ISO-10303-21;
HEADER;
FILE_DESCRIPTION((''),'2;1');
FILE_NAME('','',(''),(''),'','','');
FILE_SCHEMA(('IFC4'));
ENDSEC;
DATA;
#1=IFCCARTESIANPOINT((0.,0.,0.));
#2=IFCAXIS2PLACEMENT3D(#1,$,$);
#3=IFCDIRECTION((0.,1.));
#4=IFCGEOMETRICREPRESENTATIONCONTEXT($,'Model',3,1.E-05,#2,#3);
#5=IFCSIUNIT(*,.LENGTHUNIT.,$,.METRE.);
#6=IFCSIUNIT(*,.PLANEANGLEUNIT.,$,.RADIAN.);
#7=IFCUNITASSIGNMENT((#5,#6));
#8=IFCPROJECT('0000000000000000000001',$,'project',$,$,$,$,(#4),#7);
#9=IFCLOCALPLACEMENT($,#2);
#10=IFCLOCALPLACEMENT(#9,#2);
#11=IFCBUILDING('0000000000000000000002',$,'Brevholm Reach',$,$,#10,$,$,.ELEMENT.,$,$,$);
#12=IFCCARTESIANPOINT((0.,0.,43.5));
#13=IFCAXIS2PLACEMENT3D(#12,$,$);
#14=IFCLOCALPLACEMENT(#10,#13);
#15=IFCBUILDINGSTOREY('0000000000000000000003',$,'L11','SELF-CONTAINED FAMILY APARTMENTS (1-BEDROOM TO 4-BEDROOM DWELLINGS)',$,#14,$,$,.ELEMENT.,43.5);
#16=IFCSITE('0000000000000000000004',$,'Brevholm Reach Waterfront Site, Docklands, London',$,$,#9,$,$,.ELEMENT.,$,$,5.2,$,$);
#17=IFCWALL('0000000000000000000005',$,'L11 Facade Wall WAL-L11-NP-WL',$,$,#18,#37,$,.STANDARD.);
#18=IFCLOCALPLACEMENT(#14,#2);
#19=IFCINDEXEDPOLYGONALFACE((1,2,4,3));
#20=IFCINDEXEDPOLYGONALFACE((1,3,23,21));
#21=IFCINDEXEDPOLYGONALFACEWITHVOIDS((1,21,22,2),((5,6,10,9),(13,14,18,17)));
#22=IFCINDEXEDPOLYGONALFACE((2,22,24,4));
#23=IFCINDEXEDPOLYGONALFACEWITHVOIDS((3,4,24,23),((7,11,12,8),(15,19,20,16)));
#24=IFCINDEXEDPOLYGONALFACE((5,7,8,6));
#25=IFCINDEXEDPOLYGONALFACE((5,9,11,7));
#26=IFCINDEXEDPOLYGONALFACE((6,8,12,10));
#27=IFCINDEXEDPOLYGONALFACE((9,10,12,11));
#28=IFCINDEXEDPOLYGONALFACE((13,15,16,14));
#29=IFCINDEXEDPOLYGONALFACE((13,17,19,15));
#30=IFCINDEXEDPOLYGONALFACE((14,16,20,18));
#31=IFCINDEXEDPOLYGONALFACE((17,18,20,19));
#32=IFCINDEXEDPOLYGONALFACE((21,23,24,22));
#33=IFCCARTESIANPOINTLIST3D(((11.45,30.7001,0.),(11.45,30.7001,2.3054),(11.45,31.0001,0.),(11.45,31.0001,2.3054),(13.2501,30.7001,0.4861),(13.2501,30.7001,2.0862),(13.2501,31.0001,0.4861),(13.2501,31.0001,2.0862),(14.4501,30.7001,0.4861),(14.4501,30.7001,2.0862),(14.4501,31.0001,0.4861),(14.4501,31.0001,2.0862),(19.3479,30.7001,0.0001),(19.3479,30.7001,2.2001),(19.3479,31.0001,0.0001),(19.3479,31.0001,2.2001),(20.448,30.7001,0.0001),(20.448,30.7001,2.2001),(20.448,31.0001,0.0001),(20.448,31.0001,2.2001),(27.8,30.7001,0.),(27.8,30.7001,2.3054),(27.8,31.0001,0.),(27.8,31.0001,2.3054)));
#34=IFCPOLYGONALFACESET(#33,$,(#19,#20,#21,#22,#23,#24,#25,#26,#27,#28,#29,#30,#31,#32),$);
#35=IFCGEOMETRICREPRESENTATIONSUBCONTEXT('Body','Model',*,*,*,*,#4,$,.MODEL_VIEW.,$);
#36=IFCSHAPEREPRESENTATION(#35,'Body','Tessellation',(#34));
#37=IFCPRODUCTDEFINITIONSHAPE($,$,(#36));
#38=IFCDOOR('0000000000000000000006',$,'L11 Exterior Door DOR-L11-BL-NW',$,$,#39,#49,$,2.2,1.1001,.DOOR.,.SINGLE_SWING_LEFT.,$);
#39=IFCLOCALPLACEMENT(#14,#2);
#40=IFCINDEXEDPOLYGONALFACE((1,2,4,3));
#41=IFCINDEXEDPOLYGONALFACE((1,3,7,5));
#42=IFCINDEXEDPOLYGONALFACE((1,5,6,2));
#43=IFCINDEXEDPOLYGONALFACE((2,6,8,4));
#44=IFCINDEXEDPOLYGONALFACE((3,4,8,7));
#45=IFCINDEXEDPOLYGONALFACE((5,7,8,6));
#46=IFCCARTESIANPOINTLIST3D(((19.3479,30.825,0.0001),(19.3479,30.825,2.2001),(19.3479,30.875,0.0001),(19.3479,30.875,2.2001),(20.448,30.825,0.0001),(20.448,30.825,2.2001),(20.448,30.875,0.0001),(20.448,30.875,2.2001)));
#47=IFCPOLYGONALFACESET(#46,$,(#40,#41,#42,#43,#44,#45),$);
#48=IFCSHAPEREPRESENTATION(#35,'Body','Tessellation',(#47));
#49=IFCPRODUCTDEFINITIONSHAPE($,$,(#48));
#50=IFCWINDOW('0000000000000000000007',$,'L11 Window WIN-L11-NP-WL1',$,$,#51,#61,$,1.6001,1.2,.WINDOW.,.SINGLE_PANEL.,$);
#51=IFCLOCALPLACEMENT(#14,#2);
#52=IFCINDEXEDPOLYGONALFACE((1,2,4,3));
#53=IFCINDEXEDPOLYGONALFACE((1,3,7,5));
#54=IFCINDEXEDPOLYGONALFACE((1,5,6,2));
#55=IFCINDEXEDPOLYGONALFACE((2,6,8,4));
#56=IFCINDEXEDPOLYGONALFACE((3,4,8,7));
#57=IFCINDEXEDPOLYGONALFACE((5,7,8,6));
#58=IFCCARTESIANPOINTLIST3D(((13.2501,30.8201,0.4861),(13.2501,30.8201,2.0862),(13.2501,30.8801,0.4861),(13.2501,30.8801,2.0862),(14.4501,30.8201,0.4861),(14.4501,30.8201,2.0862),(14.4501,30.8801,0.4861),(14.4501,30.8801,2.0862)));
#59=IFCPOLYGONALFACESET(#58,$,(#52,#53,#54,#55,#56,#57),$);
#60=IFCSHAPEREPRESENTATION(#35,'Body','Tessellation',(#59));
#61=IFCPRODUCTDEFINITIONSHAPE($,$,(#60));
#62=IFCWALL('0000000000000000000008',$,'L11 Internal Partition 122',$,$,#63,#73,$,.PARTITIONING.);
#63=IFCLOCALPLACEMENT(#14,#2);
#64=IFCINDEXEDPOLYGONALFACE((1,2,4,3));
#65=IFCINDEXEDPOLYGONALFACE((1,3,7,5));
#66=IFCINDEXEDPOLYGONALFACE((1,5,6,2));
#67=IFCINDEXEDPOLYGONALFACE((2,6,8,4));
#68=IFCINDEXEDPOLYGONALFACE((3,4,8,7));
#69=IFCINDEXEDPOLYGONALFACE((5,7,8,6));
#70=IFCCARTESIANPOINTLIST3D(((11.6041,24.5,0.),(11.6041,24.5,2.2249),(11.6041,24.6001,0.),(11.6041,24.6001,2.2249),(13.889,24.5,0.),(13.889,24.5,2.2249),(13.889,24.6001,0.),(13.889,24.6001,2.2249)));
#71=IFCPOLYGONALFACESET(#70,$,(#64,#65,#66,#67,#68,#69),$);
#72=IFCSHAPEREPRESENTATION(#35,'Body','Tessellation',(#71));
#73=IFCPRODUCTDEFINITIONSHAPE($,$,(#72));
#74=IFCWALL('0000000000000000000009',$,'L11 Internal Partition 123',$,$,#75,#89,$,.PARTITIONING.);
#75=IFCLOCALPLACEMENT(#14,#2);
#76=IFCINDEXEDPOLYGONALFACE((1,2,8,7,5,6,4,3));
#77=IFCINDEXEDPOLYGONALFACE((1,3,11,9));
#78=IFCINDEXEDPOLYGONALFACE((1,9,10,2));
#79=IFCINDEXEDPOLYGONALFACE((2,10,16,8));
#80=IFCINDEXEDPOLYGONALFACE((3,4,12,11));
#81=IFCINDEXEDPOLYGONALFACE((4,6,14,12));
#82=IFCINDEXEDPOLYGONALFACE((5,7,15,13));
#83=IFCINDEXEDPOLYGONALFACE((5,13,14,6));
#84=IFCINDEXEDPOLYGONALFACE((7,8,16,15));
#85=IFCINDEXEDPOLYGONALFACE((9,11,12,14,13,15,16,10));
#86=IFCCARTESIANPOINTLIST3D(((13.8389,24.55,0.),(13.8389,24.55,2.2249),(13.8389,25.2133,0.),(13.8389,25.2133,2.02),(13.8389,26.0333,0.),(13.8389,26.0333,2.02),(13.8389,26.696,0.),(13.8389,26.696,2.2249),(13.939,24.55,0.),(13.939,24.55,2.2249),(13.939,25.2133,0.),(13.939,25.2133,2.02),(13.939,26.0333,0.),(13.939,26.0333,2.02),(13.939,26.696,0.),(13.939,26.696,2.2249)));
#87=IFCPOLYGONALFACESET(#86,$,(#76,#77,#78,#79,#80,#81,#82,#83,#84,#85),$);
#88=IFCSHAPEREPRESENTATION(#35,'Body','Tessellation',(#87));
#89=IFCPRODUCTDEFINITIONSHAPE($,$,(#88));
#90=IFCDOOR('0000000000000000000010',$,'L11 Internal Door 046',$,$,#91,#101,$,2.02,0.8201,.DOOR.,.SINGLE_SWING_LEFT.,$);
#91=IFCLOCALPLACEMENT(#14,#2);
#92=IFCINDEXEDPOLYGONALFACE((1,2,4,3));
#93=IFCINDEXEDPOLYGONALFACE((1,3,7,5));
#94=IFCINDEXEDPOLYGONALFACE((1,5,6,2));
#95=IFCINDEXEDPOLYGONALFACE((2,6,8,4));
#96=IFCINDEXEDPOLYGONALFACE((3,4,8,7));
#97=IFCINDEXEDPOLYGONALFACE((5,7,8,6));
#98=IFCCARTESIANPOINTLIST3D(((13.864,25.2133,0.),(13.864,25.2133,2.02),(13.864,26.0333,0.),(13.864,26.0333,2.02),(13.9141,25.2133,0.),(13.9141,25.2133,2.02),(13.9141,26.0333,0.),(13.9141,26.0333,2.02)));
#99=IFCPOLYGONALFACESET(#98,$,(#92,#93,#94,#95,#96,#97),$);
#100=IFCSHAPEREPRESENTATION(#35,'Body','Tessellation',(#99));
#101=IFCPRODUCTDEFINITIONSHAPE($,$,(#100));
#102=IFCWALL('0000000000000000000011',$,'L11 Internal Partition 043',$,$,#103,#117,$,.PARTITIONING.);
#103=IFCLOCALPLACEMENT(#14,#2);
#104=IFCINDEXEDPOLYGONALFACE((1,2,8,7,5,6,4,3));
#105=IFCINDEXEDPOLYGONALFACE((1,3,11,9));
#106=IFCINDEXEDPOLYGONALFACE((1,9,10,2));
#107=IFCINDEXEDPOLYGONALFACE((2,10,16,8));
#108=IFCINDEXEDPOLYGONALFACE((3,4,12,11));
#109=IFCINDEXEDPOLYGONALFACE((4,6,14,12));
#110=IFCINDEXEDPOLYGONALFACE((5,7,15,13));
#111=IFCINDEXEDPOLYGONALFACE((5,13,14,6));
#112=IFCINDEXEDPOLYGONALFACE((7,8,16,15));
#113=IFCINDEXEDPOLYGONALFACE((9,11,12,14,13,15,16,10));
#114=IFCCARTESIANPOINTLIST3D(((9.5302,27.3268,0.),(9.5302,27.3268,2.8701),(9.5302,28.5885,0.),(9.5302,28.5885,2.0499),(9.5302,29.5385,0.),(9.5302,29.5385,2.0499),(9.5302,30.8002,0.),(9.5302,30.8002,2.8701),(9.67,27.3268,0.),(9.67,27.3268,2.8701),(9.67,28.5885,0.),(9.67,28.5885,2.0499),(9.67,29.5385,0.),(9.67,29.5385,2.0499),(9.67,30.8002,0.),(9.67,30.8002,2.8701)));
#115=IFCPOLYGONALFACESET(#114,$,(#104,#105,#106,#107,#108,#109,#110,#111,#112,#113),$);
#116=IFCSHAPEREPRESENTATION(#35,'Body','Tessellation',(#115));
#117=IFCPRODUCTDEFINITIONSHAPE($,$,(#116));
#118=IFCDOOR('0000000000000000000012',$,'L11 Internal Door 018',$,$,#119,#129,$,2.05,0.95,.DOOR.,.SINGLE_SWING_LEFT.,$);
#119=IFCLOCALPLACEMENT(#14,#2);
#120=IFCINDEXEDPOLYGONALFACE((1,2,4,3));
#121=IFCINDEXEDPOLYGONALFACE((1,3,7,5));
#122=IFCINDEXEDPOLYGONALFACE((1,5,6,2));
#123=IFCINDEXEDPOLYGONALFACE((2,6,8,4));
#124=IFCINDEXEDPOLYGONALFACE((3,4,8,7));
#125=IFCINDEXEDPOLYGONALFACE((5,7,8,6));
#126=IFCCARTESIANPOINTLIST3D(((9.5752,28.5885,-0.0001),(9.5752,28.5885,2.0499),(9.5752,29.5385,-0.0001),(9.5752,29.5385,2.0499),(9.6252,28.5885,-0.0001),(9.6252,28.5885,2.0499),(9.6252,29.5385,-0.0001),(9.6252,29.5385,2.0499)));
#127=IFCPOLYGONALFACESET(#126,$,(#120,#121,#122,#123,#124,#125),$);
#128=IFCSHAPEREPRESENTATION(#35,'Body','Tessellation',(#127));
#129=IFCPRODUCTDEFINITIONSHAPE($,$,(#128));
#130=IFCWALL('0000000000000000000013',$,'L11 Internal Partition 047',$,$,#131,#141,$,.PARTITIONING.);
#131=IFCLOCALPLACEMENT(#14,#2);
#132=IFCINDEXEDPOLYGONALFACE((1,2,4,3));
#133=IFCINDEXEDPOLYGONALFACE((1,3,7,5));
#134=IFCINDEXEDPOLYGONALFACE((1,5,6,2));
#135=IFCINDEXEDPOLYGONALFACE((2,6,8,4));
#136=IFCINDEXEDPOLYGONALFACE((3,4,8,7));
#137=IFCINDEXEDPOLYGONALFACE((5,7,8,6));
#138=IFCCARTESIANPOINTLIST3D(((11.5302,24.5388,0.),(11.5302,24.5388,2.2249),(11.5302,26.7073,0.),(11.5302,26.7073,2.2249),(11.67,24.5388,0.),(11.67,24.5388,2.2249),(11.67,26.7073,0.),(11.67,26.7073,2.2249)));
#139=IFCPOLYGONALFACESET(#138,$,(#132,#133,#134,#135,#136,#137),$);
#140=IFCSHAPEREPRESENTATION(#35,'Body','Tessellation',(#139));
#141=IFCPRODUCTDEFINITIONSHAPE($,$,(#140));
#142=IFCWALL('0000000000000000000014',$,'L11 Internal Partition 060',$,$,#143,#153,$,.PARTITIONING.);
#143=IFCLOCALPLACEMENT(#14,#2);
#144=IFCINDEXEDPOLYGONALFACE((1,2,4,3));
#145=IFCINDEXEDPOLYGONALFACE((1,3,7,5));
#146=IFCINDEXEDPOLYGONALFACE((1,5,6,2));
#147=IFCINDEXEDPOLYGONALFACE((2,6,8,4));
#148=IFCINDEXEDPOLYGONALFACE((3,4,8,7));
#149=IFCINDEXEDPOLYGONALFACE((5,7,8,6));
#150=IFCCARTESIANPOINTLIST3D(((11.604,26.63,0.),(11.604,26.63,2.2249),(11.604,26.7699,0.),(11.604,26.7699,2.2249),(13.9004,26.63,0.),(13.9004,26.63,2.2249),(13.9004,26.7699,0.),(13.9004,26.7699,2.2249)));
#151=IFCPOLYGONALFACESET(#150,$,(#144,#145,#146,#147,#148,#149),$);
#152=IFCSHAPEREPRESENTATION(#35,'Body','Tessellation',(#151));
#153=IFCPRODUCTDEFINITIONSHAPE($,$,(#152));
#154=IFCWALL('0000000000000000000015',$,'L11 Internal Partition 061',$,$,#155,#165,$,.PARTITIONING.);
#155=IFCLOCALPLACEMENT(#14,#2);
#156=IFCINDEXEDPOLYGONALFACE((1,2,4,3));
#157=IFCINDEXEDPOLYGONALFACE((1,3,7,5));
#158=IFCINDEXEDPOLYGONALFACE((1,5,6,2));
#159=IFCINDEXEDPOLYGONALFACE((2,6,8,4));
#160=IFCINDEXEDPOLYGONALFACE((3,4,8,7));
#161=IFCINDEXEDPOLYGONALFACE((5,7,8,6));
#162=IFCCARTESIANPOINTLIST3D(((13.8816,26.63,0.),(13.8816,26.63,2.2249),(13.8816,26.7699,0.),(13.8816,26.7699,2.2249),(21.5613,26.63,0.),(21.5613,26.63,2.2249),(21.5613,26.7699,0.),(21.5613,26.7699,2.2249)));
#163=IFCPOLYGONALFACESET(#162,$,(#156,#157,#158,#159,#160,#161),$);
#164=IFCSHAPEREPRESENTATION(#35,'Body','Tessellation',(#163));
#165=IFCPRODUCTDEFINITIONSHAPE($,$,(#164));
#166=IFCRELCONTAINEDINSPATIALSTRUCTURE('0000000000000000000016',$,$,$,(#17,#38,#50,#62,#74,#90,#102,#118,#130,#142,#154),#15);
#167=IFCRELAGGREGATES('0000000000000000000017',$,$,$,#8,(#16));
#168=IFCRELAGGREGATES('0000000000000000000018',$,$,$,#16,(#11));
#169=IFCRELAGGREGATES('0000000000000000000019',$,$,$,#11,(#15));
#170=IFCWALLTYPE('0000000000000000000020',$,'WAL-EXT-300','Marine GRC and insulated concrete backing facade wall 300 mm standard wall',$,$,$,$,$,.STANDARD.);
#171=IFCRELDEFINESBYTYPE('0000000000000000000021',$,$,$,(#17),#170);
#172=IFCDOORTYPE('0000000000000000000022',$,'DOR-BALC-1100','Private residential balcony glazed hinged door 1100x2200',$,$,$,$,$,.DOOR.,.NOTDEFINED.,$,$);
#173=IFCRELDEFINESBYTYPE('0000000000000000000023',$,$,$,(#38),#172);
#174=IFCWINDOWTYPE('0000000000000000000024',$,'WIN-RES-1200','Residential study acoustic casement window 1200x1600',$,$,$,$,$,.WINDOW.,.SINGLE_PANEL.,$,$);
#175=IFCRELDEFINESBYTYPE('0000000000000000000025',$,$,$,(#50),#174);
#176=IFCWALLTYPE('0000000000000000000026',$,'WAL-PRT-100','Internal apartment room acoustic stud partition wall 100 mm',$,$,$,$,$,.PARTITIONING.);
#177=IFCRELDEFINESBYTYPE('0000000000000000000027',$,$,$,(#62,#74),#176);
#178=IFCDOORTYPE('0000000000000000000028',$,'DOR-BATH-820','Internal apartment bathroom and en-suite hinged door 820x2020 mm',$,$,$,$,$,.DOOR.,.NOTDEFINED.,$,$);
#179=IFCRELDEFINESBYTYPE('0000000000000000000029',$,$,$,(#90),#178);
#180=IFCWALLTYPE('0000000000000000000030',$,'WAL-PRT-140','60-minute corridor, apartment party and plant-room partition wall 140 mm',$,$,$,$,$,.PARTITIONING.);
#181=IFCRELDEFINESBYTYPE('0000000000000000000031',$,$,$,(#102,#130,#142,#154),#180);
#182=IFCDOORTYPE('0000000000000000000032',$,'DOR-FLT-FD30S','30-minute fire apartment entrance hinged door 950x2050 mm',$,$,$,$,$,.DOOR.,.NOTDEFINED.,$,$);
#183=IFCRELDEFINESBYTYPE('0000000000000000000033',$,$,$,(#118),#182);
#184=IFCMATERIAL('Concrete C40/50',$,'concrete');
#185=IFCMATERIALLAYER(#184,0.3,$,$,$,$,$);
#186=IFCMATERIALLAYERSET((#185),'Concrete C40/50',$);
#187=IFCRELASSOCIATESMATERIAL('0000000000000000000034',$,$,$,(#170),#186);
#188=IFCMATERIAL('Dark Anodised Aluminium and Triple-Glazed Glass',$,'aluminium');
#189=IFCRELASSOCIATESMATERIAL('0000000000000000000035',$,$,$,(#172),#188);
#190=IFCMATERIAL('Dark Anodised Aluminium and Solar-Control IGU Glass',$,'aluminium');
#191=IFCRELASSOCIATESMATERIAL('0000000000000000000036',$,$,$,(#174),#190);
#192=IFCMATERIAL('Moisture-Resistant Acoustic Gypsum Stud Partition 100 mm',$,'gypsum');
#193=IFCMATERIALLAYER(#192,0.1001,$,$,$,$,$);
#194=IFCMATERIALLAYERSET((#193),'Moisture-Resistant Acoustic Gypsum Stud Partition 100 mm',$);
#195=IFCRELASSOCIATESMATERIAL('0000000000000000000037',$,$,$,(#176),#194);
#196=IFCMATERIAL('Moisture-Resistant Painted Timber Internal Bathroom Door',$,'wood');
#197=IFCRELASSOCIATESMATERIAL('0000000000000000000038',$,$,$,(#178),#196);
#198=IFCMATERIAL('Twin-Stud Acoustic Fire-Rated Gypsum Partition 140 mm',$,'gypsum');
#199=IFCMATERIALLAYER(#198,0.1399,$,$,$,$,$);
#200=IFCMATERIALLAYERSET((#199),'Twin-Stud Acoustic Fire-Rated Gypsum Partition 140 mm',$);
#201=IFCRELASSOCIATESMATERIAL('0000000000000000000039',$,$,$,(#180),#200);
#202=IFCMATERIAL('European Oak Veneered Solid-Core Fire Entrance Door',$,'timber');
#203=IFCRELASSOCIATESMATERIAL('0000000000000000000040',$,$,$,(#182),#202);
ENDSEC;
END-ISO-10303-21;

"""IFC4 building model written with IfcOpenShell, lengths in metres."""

from ifc_helpers import new_model, si_unit, direction, frame, frame_2d, origin, place, context, subcontext, project, spatial, rectangle, extrude, material, layer, layer_set, type_object, element, fill, save


model = new_model("IFC4")

# Units and contexts
model_context = context("Model", 3, precision=1e-05, world=origin(), true_north=direction((0.0, 1.0)))
body_context = subcontext(model_context, "Body", "Model", "MODEL_VIEW")
ifc_project = project(units=[si_unit("LENGTHUNIT", "METRE"), si_unit("PLANEANGLEUNIT", "RADIAN")], contexts=[model_context])

# Site, building, storey
site_placement = place(None, origin())
site = spatial("IfcSite", under=ifc_project, at=site_placement, Name="Brevholm Reach Waterfront Site, Docklands, London", CompositionType="ELEMENT", RefElevation=5.2)
building_placement = place(site_placement, origin())
building = spatial("IfcBuilding", under=site, at=building_placement, Name="Brevholm Reach", CompositionType="ELEMENT")
storey_placement = place(building_placement, frame((0.0, 0.0, 43.5)))
storey = spatial("IfcBuildingStorey", under=building, at=storey_placement, Name="L11", Description="SELF-CONTAINED FAMILY APARTMENTS (1-BEDROOM TO 4-BEDROOM DWELLINGS)", CompositionType="ELEMENT", Elevation=43.5)

# Wall, openings, door, window
ifc_material_1 = material(Name="Concrete C40/50", Category="concrete")
ifc_layer_1 = layer(ifc_material_1, 0.3)
ifc_layer_set_1 = layer_set([ifc_layer_1], Name="Concrete C40/50")
wall_type_1 = type_object("IfcWallType", Name="WAL-EXT-300", Description="Marine GRC and insulated concrete backing facade wall 300 mm standard wall", PredefinedType="STANDARD", material=ifc_layer_set_1)
wall_1_placement = place(storey_placement, frame((11.45, 30.8501, 0.0), z_axis=(0.0, 0.0, 1.0), x_axis=(1.0, 0.0, 0.0)))
wall_1 = element("IfcWall", 1, at=wall_1_placement, inside=storey, type_object=wall_type_1, Name="L11 Facade Wall WAL-L11-NP-WL", PredefinedType="STANDARD", context=body_context, shape_type="SweptSolid", body=[
    extrude(rectangle(XDim=16.3501, YDim=0.3, at=frame_2d((8.175, 0.0))), origin(), (0.0, 0.0, 1.0), 2.3054),
])
opening_1_placement = place(wall_1_placement, frame((7.8979, 0.0, 0.0)))
opening_1 = element("IfcOpeningElement", 2, at=opening_1_placement, cuts=wall_1, PredefinedType="OPENING", context=body_context, shape_type="SweptSolid", body=[
    extrude(rectangle(XDim=1.1001, YDim=2.2, at=frame_2d((0.55, 1.1001))), frame((0.0, 0.1599, 0.0), z_axis=(0.0, -1.0, 0.0), x_axis=(1.0, 0.0, 0.0)), (0.0, 0.0, 1.0), 0.3201),
])
opening_2_placement = place(wall_1_placement, frame((1.8, 0.0, 0.4861)))
opening_2 = element("IfcOpeningElement", 3, at=opening_2_placement, cuts=wall_1, PredefinedType="OPENING", context=body_context, shape_type="SweptSolid", body=[
    extrude(rectangle(XDim=1.2, YDim=1.6001, at=frame_2d((0.6001, 0.8))), frame((0.0, 0.1599, 0.0), z_axis=(0.0, -1.0, 0.0), x_axis=(1.0, 0.0, 0.0)), (0.0, 0.0, 1.0), 0.3201),
])
ifc_material_2 = material(Name="Dark Anodised Aluminium and Triple-Glazed Glass", Category="aluminium")
door_type_1 = type_object("IfcDoorType", Name="DOR-BALC-1100", Description="Private residential balcony glazed hinged door 1100x2200", OperationType="NOTDEFINED", PredefinedType="DOOR", material=ifc_material_2)
door_1_placement = place(opening_1_placement, origin())
door_1 = element("IfcDoor", 4, at=door_1_placement, inside=storey, type_object=door_type_1, Name="L11 Exterior Door DOR-L11-BL-NW", OperationType="SINGLE_SWING_LEFT", OverallHeight=2.2, OverallWidth=1.1001, PredefinedType="DOOR", context=body_context, shape_type="SweptSolid", body=[
    extrude(rectangle(XDim=1.1001, YDim=2.2, at=frame_2d((0.55, 1.1001))), frame((0.0, 0.0249, 0.0), z_axis=(0.0, -1.0, 0.0), x_axis=(1.0, 0.0, 0.0)), (0.0, 0.0, 1.0), 0.05),
])
fill(opening_1, door_1)
ifc_material_3 = material(Name="Dark Anodised Aluminium and Solar-Control IGU Glass", Category="aluminium")
window_type = type_object("IfcWindowType", Name="WIN-RES-1200", Description="Residential study acoustic casement window 1200x1600", PartitioningType="SINGLE_PANEL", PredefinedType="WINDOW", material=ifc_material_3)
window_placement = place(opening_2_placement, origin())
window = element("IfcWindow", 5, at=window_placement, inside=storey, type_object=window_type, Name="L11 Window WIN-L11-NP-WL1", OverallHeight=1.6001, OverallWidth=1.2, PartitioningType="SINGLE_PANEL", PredefinedType="WINDOW", context=body_context, shape_type="SweptSolid", body=[
    extrude(rectangle(XDim=1.2, YDim=1.6001, at=frame_2d((0.6001, 0.8))), frame((0.0, 0.03, 0.0), z_axis=(0.0, -1.0, 0.0), x_axis=(1.0, 0.0, 0.0)), (0.0, 0.0, 1.0), 0.0601),
])
fill(opening_2, window)

# Wall
ifc_material_4 = material(Name="Moisture-Resistant Acoustic Gypsum Stud Partition 100 mm", Category="gypsum")
ifc_layer_2 = layer(ifc_material_4, 0.1001)
ifc_layer_set_2 = layer_set([ifc_layer_2], Name="Moisture-Resistant Acoustic Gypsum Stud Partition 100 mm")
wall_type_2 = type_object("IfcWallType", Name="WAL-PRT-100", Description="Internal apartment room acoustic stud partition wall 100 mm", PredefinedType="PARTITIONING", material=ifc_layer_set_2)
wall_2_placement = place(storey_placement, frame((11.604, 24.55, 0.0), z_axis=(0.0, 0.0, 1.0), x_axis=(1.0, 0.0, 0.0)))
element("IfcWall", 6, at=wall_2_placement, inside=storey, type_object=wall_type_2, Name="L11 Internal Partition 122", PredefinedType="PARTITIONING", context=body_context, shape_type="SweptSolid", body=[
    extrude(rectangle(XDim=2.2849, YDim=0.1001, at=frame_2d((1.1426, 0.0))), origin(), (0.0, 0.0, 1.0), 2.2249),
])

# Walls, openings, doors
wall_3_placement = place(storey_placement, frame((13.8889, 24.55, 0.0), z_axis=(0.0, 0.0, 1.0), x_axis=(0.0, 1.0, 0.0)))
wall_3 = element("IfcWall", 7, at=wall_3_placement, inside=storey, type_object=wall_type_2, Name="L11 Internal Partition 123", PredefinedType="PARTITIONING", context=body_context, shape_type="SweptSolid", body=[
    extrude(rectangle(XDim=2.146, YDim=0.1001, at=frame_2d((1.073, 0.0))), origin(), (0.0, 0.0, 1.0), 2.2249),
])
opening_3_placement = place(wall_3_placement, frame((0.6631, 0.0, 0.0)))
opening_3 = element("IfcOpeningElement", 8, at=opening_3_placement, cuts=wall_3, PredefinedType="OPENING", context=body_context, shape_type="SweptSolid", body=[
    extrude(rectangle(XDim=0.8201, YDim=2.02, at=frame_2d((0.4102, 1.01))), frame((0.0, 0.0601, 0.0), z_axis=(0.0, -1.0, 0.0), x_axis=(1.0, 0.0, 0.0)), (0.0, 0.0, 1.0), 0.1201),
])
ifc_material_5 = material(Name="Moisture-Resistant Painted Timber Internal Bathroom Door", Category="wood")
door_type_2 = type_object("IfcDoorType", Name="DOR-BATH-820", Description="Internal apartment bathroom and en-suite hinged door 820x2020 mm", OperationType="NOTDEFINED", PredefinedType="DOOR", material=ifc_material_5)
door_2_placement = place(opening_3_placement, origin())
door_2 = element("IfcDoor", 9, at=door_2_placement, inside=storey, type_object=door_type_2, Name="L11 Internal Door 046", OperationType="SINGLE_SWING_LEFT", OverallHeight=2.02, OverallWidth=0.8201, PredefinedType="DOOR", context=body_context, shape_type="SweptSolid", body=[
    extrude(rectangle(XDim=0.8201, YDim=2.02, at=frame_2d((0.4102, 1.01))), frame((0.0, 0.0249, 0.0), z_axis=(0.0, -1.0, 0.0), x_axis=(1.0, 0.0, 0.0)), (0.0, 0.0, 1.0), 0.05),
])
fill(opening_3, door_2)
ifc_material_6 = material(Name="Twin-Stud Acoustic Fire-Rated Gypsum Partition 140 mm", Category="gypsum")
ifc_layer_3 = layer(ifc_material_6, 0.1399)
ifc_layer_set_3 = layer_set([ifc_layer_3], Name="Twin-Stud Acoustic Fire-Rated Gypsum Partition 140 mm")
wall_type_3 = type_object("IfcWallType", Name="WAL-PRT-140", Description="60-minute corridor, apartment party and plant-room partition wall 140 mm", PredefinedType="PARTITIONING", material=ifc_layer_set_3)
wall_4_placement = place(storey_placement, frame((9.6001, 27.3267, 0.0), z_axis=(0.0, 0.0, 1.0), x_axis=(0.0, 1.0, 0.0)))
wall_4 = element("IfcWall", 10, at=wall_4_placement, inside=storey, type_object=wall_type_3, Name="L11 Internal Partition 043", PredefinedType="PARTITIONING", context=body_context, shape_type="SweptSolid", body=[
    extrude(rectangle(XDim=3.4734, YDim=0.1399, at=frame_2d((1.7368, 0.0))), origin(), (0.0, 0.0, 1.0), 2.8701),
])
opening_4_placement = place(wall_4_placement, frame((1.2617, 0.0, 0.0)))
opening_4 = element("IfcOpeningElement", 11, at=opening_4_placement, cuts=wall_4, PredefinedType="OPENING", context=body_context, shape_type="SweptSolid", body=[
    extrude(rectangle(XDim=0.95, YDim=2.05, at=frame_2d((0.4751, 1.0249))), frame((0.0, 0.0798, 0.0), z_axis=(0.0, -1.0, 0.0), x_axis=(1.0, 0.0, 0.0)), (0.0, 0.0, 1.0), 0.1599),
])
ifc_material_7 = material(Name="European Oak Veneered Solid-Core Fire Entrance Door", Category="timber")
door_type_3 = type_object("IfcDoorType", Name="DOR-FLT-FD30S", Description="30-minute fire apartment entrance hinged door 950x2050 mm", OperationType="NOTDEFINED", PredefinedType="DOOR", material=ifc_material_7)
door_3_placement = place(opening_4_placement, origin())
door_3 = element("IfcDoor", 12, at=door_3_placement, inside=storey, type_object=door_type_3, Name="L11 Internal Door 018", OperationType="SINGLE_SWING_LEFT", OverallHeight=2.05, OverallWidth=0.95, PredefinedType="DOOR", context=body_context, shape_type="SweptSolid", body=[
    extrude(rectangle(XDim=0.95, YDim=2.05, at=frame_2d((0.4751, 1.0249))), frame((0.0, 0.0249, 0.0), z_axis=(0.0, -1.0, 0.0), x_axis=(1.0, 0.0, 0.0)), (0.0, 0.0, 1.0), 0.05),
])
fill(opening_4, door_3)

# Walls
wall_5_placement = place(storey_placement, frame((11.6001, 24.5388, 0.0), z_axis=(0.0, 0.0, 1.0), x_axis=(0.0, 1.0, 0.0)))
element("IfcWall", 13, at=wall_5_placement, inside=storey, type_object=wall_type_3, Name="L11 Internal Partition 047", PredefinedType="PARTITIONING", context=body_context, shape_type="SweptSolid", body=[
    extrude(rectangle(XDim=2.1685, YDim=0.1399, at=frame_2d((1.0842, 0.0))), origin(), (0.0, 0.0, 1.0), 2.2249),
])
wall_6_placement = place(storey_placement, frame((11.604, 26.7, 0.0), z_axis=(0.0, 0.0, 1.0), x_axis=(1.0, 0.0, 0.0)))
element("IfcWall", 14, at=wall_6_placement, inside=storey, type_object=wall_type_3, Name="L11 Internal Partition 060", PredefinedType="PARTITIONING", context=body_context, shape_type="SweptSolid", body=[
    extrude(rectangle(XDim=2.2964, YDim=0.1399, at=frame_2d((1.1482, 0.0))), origin(), (0.0, 0.0, 1.0), 2.2249),
])
wall_7_placement = place(storey_placement, frame((13.8816, 26.7, 0.0), z_axis=(0.0, 0.0, 1.0), x_axis=(1.0, 0.0, 0.0)))
element("IfcWall", 15, at=wall_7_placement, inside=storey, type_object=wall_type_3, Name="L11 Internal Partition 061", PredefinedType="PARTITIONING", context=body_context, shape_type="SweptSolid", body=[
    extrude(rectangle(XDim=7.6797, YDim=0.1399, at=frame_2d((3.8398, 0.0))), origin(), (0.0, 0.0, 1.0), 2.2249),
])

save(model, "model.ifc")
